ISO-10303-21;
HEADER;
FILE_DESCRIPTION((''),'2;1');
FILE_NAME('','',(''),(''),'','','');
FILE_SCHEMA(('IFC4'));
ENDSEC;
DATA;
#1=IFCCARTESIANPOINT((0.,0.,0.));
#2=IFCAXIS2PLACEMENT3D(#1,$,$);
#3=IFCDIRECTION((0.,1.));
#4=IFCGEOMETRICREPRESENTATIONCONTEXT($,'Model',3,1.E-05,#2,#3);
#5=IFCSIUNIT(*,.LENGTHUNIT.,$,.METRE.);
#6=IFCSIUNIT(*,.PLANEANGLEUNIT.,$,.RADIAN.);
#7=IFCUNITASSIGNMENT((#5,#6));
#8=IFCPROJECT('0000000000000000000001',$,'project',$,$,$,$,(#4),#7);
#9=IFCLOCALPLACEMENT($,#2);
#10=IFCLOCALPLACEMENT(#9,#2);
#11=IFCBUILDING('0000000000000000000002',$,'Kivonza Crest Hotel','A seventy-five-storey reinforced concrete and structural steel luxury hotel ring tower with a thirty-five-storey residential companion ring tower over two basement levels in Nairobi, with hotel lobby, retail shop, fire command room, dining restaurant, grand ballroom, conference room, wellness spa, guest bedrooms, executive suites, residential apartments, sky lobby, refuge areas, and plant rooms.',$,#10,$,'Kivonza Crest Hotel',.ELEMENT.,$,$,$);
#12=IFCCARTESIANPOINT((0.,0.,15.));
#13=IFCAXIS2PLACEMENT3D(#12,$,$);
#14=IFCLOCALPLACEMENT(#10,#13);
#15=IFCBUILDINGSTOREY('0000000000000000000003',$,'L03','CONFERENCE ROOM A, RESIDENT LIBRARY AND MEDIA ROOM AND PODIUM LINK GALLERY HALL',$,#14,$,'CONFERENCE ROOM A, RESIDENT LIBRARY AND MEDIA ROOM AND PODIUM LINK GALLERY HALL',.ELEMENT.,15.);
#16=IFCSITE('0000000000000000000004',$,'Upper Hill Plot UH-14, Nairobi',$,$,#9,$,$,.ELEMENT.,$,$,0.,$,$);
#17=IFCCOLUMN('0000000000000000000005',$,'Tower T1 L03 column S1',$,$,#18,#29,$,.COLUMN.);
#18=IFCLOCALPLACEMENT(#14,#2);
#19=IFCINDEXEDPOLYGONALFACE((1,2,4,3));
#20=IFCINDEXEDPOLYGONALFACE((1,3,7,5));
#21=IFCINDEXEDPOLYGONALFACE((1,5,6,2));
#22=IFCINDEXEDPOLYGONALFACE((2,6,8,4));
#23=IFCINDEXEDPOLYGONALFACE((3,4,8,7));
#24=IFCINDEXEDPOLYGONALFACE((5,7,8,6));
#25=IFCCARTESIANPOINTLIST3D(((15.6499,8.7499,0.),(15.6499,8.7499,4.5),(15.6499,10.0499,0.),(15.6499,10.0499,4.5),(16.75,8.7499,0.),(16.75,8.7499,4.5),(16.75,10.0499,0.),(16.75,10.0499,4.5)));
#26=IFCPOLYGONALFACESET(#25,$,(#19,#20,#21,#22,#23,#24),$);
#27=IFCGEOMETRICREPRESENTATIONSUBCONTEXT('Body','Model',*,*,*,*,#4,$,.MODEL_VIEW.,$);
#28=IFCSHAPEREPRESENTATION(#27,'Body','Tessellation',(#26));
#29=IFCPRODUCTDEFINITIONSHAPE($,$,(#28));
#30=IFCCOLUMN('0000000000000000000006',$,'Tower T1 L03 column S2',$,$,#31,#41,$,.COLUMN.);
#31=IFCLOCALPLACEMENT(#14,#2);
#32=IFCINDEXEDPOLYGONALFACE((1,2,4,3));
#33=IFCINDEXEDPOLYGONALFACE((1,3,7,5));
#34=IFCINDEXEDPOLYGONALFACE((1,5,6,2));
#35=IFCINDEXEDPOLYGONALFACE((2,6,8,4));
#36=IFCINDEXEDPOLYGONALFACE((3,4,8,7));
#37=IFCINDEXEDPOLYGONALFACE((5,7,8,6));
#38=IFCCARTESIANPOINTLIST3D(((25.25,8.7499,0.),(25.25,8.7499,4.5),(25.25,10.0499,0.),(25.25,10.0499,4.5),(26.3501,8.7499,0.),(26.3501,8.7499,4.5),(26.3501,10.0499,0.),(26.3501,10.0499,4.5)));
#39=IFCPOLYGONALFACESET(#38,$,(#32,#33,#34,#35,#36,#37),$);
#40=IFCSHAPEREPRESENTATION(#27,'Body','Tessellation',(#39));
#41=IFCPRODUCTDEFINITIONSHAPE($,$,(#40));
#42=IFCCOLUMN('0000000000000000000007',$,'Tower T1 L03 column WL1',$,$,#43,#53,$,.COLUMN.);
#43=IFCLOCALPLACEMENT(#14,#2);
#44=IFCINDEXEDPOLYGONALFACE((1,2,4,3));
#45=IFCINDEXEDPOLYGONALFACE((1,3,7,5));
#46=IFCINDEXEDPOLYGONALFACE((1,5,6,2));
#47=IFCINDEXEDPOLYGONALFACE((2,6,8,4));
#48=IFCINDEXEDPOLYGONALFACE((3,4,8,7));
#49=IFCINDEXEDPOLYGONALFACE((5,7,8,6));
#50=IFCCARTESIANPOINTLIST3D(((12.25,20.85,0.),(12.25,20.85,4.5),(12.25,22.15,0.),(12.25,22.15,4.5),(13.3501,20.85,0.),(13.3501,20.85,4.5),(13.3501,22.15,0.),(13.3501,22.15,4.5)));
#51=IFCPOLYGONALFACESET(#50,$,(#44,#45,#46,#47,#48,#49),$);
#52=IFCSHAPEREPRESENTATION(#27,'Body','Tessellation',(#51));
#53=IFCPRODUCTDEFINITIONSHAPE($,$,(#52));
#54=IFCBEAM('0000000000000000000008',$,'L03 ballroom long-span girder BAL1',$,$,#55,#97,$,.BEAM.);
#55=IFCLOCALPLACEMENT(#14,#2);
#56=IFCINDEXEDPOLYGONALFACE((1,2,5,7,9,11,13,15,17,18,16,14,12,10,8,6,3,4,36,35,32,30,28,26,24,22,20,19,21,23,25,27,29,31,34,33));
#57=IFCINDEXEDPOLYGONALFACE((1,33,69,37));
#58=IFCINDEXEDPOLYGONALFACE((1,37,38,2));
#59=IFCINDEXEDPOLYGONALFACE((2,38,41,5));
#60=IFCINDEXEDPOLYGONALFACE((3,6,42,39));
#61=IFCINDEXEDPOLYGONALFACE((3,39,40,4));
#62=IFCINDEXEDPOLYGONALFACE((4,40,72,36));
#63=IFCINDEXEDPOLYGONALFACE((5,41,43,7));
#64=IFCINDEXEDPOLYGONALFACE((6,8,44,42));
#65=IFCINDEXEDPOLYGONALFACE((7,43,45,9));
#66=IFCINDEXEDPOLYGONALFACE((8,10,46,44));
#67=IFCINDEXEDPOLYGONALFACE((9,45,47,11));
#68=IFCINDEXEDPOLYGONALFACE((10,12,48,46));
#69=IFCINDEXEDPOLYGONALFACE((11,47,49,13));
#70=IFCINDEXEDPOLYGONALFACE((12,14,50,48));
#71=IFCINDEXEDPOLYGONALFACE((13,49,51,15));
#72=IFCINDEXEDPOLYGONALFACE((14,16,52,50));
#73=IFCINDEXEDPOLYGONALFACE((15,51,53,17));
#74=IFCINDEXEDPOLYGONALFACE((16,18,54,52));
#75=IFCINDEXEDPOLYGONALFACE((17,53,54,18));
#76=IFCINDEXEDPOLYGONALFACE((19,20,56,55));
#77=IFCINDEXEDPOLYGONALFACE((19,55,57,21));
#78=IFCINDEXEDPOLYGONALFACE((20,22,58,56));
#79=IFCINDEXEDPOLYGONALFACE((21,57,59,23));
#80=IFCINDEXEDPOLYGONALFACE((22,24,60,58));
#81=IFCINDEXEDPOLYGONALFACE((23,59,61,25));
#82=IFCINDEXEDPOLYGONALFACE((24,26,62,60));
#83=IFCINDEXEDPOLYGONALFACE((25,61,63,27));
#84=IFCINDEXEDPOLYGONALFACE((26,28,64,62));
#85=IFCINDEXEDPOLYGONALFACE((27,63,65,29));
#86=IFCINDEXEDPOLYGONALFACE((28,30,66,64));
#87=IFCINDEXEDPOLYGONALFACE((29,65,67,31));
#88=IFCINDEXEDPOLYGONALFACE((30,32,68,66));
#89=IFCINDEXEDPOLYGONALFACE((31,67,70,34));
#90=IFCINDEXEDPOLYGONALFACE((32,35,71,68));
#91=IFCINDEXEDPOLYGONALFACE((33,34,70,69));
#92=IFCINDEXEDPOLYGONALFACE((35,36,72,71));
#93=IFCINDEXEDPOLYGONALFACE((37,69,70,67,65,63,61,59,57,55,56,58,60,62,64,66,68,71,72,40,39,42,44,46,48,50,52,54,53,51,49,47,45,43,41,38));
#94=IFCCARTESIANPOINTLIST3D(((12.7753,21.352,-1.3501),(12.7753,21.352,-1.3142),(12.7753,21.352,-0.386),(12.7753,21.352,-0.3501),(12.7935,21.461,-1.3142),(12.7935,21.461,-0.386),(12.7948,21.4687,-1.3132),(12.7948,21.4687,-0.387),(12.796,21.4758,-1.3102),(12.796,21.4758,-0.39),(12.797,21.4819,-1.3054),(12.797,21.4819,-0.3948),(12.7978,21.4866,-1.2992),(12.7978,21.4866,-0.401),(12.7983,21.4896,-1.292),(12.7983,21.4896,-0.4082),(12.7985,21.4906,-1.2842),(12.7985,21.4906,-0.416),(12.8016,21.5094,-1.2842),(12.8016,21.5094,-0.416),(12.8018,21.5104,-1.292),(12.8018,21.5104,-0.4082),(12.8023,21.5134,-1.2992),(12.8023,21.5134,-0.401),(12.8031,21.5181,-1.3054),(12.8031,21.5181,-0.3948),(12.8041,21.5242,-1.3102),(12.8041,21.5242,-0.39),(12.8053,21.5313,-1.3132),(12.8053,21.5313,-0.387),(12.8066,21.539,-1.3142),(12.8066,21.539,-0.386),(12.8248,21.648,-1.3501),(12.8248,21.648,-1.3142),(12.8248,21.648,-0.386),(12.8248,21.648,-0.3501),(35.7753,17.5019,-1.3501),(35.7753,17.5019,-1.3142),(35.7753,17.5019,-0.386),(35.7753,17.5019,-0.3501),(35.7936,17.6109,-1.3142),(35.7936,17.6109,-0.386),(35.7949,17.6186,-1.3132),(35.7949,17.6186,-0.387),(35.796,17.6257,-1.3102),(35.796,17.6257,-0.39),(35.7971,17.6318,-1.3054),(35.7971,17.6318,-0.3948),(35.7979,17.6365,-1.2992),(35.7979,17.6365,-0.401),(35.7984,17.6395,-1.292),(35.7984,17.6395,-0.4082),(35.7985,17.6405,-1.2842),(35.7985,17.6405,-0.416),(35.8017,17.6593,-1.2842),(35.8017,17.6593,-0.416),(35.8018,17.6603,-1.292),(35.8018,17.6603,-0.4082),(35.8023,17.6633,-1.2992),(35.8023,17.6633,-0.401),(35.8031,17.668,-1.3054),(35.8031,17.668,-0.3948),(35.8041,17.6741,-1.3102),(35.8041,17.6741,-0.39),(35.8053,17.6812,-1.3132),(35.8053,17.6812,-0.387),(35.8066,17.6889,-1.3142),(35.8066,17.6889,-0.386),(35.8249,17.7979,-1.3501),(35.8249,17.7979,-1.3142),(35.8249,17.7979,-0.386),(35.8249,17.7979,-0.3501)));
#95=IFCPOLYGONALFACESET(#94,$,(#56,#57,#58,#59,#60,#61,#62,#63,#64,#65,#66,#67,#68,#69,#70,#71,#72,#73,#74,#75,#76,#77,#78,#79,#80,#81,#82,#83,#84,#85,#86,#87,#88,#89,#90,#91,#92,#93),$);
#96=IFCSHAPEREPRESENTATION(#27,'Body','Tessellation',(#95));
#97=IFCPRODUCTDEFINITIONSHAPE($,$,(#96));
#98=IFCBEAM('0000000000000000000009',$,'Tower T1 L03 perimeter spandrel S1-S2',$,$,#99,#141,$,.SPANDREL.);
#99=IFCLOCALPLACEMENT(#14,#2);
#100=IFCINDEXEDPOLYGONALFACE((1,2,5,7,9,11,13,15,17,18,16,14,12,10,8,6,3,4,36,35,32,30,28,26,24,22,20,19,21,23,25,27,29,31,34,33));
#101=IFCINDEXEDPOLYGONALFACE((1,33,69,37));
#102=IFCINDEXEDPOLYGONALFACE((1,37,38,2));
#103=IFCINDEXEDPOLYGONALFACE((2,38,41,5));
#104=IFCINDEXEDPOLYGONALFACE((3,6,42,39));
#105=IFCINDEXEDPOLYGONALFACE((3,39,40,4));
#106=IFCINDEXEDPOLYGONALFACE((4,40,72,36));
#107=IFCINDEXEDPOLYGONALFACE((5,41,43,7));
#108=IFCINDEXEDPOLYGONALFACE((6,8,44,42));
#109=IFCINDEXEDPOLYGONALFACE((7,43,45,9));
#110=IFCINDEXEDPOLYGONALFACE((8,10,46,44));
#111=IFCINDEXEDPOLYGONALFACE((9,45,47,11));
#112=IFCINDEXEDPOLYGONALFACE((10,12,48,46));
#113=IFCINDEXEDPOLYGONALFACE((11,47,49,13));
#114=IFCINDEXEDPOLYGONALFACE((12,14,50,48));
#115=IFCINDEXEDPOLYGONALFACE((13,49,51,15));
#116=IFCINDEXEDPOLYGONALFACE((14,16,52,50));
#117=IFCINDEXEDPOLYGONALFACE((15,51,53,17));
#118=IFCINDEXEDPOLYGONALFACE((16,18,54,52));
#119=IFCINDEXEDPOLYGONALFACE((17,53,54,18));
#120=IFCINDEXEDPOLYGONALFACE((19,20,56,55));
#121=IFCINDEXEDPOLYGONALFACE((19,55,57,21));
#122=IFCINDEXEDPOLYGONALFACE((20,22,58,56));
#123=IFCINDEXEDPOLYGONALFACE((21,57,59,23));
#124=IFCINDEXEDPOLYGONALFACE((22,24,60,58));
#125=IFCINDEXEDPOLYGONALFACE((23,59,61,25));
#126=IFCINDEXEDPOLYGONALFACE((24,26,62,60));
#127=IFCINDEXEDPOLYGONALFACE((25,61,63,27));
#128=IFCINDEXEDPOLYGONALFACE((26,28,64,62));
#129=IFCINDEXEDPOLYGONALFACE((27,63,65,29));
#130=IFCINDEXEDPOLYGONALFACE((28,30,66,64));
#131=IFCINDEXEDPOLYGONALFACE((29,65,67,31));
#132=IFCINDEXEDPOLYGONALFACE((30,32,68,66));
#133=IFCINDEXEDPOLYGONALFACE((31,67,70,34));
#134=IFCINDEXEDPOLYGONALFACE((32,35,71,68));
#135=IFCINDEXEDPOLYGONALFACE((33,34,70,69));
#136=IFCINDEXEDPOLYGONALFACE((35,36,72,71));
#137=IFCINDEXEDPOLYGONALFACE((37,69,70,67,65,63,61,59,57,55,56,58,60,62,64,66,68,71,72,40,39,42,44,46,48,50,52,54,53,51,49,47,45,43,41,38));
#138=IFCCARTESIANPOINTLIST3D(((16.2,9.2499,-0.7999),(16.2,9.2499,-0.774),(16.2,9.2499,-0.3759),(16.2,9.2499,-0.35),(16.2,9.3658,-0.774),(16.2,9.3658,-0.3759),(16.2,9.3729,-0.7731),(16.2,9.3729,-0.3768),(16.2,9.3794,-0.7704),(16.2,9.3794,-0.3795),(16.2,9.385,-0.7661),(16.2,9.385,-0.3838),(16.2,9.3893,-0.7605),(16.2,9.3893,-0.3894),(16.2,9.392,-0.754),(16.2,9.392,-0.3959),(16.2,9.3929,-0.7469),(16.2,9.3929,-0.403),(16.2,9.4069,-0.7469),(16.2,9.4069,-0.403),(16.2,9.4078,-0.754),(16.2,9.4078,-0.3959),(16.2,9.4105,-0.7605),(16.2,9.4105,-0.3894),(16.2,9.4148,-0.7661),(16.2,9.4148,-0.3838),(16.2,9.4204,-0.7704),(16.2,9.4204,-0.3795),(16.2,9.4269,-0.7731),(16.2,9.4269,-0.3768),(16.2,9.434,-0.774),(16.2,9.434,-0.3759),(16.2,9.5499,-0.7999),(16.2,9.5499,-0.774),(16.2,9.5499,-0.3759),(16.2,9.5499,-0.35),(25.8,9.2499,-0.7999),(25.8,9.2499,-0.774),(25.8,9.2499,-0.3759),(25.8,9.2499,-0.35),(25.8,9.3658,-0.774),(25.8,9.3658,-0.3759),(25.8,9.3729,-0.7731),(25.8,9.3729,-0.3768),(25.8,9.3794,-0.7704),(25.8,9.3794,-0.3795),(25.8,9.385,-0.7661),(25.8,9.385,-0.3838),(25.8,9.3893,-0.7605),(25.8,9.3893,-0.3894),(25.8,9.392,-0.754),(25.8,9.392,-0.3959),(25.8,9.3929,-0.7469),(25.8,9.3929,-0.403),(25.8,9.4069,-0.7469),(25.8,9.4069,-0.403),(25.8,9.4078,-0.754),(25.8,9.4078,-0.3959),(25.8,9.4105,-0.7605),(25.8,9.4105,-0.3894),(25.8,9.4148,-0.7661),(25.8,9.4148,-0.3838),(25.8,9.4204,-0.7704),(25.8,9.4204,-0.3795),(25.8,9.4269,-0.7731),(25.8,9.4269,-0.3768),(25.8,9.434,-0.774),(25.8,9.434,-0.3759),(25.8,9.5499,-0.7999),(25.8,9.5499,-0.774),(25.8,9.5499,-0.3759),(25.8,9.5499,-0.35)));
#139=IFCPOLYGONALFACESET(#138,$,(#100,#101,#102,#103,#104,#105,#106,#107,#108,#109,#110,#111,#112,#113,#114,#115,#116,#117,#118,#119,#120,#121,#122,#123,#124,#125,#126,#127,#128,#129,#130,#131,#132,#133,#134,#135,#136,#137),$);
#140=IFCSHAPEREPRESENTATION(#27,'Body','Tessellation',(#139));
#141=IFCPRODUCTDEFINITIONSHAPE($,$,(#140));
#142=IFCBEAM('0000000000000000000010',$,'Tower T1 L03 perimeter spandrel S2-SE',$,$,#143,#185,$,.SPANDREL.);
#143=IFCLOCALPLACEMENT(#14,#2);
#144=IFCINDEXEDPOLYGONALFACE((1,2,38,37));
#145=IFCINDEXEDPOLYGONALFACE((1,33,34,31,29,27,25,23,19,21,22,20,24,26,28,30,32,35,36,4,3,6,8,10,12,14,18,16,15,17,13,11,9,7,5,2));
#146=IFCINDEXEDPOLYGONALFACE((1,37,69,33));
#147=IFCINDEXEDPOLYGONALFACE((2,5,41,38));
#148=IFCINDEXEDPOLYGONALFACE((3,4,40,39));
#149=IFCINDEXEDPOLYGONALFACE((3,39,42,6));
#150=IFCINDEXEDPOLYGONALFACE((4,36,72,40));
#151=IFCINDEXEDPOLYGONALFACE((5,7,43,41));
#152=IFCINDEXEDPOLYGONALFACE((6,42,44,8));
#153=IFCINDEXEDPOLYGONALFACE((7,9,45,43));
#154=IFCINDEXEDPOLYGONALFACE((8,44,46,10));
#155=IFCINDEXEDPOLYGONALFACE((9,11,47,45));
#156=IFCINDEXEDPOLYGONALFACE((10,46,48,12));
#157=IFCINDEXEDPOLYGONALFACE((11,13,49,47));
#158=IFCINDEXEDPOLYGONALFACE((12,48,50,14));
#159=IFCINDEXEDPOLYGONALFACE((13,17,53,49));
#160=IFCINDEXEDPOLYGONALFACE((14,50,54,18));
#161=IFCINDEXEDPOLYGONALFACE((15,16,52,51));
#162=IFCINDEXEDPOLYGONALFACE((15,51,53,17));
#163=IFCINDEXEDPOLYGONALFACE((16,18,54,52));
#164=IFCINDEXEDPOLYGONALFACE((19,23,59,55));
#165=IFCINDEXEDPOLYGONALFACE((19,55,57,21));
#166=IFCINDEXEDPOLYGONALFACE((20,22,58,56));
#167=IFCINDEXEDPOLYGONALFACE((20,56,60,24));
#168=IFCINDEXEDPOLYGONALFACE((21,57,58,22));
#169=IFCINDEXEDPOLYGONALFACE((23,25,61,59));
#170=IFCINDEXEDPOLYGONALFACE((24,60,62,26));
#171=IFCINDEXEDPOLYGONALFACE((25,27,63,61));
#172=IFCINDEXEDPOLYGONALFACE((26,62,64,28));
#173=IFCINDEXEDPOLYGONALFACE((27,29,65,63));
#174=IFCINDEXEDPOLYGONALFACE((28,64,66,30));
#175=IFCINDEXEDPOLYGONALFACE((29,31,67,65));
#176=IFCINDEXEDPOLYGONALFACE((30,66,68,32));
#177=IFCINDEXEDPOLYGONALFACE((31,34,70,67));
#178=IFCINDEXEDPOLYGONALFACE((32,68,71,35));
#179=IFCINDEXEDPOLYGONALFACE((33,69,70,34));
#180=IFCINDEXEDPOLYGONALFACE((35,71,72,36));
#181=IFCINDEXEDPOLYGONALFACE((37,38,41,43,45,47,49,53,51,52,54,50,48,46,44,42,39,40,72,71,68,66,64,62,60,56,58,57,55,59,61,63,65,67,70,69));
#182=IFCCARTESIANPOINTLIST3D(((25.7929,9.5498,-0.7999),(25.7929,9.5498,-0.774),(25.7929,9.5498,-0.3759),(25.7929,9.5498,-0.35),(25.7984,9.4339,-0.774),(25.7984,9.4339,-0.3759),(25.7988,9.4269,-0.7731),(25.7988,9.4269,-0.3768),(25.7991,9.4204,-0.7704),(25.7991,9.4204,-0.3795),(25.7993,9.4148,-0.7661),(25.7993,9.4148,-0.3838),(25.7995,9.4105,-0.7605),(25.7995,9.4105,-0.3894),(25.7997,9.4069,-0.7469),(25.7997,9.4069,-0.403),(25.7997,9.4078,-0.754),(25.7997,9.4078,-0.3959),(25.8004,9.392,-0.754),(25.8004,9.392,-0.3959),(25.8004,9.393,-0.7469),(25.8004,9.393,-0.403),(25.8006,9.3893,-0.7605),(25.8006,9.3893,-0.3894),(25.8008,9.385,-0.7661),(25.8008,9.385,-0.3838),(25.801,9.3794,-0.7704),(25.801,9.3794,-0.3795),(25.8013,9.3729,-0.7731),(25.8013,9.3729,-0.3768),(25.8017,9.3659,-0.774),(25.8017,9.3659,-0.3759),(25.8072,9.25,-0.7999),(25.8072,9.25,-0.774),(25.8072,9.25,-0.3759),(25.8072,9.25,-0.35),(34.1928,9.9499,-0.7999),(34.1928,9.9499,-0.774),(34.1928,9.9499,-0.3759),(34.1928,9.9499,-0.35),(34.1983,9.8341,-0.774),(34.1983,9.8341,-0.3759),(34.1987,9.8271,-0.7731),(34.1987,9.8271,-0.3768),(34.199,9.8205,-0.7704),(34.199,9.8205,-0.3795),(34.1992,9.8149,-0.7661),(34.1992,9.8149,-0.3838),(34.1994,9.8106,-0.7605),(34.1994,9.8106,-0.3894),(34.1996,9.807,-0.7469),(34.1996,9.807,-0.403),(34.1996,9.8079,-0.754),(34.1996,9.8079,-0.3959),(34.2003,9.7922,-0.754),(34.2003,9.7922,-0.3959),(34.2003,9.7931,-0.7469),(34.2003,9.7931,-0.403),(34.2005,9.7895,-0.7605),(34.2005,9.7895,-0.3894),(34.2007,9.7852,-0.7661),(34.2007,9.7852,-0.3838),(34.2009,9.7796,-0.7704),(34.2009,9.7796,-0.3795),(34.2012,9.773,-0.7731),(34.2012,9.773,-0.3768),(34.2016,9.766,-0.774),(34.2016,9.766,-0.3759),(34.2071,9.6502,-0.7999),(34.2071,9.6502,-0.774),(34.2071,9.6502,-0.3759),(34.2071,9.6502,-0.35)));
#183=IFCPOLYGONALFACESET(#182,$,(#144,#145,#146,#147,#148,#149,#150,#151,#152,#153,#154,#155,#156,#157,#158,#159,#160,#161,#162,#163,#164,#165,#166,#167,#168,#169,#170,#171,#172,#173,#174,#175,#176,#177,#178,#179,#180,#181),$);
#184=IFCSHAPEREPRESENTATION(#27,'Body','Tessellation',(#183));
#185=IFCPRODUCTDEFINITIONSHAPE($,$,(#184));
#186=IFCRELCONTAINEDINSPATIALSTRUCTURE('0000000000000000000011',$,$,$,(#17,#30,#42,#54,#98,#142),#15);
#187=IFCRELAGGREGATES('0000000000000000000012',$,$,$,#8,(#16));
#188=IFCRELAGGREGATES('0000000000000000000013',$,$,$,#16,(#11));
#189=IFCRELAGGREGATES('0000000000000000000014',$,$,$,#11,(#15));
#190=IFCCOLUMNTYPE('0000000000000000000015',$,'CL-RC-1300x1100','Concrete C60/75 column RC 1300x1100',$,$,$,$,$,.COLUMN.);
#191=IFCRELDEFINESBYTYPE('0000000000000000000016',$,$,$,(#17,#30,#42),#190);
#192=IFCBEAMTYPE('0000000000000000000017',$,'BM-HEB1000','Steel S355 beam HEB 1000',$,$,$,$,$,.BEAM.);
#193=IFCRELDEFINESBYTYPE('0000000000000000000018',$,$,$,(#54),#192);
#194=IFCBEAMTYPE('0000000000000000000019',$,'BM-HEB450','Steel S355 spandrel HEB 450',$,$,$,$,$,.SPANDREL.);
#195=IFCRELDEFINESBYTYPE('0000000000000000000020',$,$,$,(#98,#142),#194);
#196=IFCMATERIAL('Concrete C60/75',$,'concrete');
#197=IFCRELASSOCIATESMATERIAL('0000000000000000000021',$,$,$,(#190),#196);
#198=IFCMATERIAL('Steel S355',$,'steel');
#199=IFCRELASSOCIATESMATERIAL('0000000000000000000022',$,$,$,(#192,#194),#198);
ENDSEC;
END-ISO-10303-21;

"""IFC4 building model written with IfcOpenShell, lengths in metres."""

from ifc_helpers import new_model, si_unit, direction, frame, origin, origin_2d, place, context, subcontext, project, spatial, rectangle, i_section, extrude, material, material_profile, profile_set, type_object, element, save


model = new_model("IFC4")

# Units and contexts
model_context = context("Model", 3, precision=1e-05, world=origin(), true_north=direction((0.0, 1.0)))
body_context = subcontext(model_context, "Body", "Model", "MODEL_VIEW")
ifc_project = project(units=[si_unit("LENGTHUNIT", "METRE"), si_unit("PLANEANGLEUNIT", "RADIAN")], contexts=[model_context])

# Site, building, storey
site_placement = place(None, origin())
site = spatial("IfcSite", under=ifc_project, at=site_placement, Name="Upper Hill Plot UH-14, Nairobi", CompositionType="ELEMENT", RefElevation=0.0)
building_placement = place(site_placement, origin())
building = spatial("IfcBuilding", under=site, at=building_placement, Name="Kivonza Crest Hotel", Description="A seventy-five-storey reinforced concrete and structural steel luxury hotel ring tower with a thirty-five-storey residential companion ring tower over two basement levels in Nairobi, with hotel lobby, retail shop, fire command room, dining restaurant, grand ballroom, conference room, wellness spa, guest bedrooms, executive suites, residential apartments, sky lobby, refuge areas, and plant rooms.", LongName="Kivonza Crest Hotel", CompositionType="ELEMENT")
storey_placement = place(building_placement, frame((0.0, 0.0, 15.0)))
storey = spatial("IfcBuildingStorey", under=building, at=storey_placement, Name="L03", Description="CONFERENCE ROOM A, RESIDENT LIBRARY AND MEDIA ROOM AND PODIUM LINK GALLERY HALL", LongName="CONFERENCE ROOM A, RESIDENT LIBRARY AND MEDIA ROOM AND PODIUM LINK GALLERY HALL", CompositionType="ELEMENT", Elevation=15.0)

# Columns
ifc_material_1 = material(Name="Concrete C60/75", Category="concrete")
ifc_material_profile_1 = material_profile(ifc_material_1, rectangle(XDim=1.1001, YDim=1.3, at=origin_2d()), Name="RC 1300x1100")
ifc_profile_set_1 = profile_set([ifc_material_profile_1], Name="Concrete C60/75")
column_type = type_object("IfcColumnType", Name="CL-RC-1300x1100", Description="Concrete C60/75 column RC 1300x1100", PredefinedType="COLUMN", material=ifc_profile_set_1)
for number, where, z_axis, x_axis, name in (
    (1, (16.2, 9.3999, 0.0), (0.0, 0.0, 1.0), (1.0, 0.0, 0.0), "Tower T1 L03 column S1"),
    (2, (25.8, 9.3999, 0.0), (0.0, 0.0, 1.0), (1.0, 0.0, 0.0), "Tower T1 L03 column S2"),
    (3, (12.8, 21.5, 0.0), (0.0, 0.0, 1.0), (1.0, 0.0, 0.0), "Tower T1 L03 column WL1"),
):
    element("IfcColumn", number, at=place(storey_placement, frame(where, z_axis=z_axis, x_axis=x_axis)), inside=storey, type_object=column_type, Name=name, PredefinedType="COLUMN", context=body_context, shape_type="SweptSolid", body=[
        extrude(rectangle(XDim=1.1001, YDim=1.3, at=origin_2d()), origin(), (0.0, 0.0, 1.0), 4.5),
    ])

# Beams
ifc_material_2 = material(Name="Steel S355", Category="steel")
ifc_material_profile_2 = material_profile(ifc_material_2, i_section(OverallWidth=0.3, OverallDepth=1.0, WebThickness=0.019, FlangeThickness=0.0359, FilletRadius=0.03, at=origin_2d()), Name="HEB 1000")
ifc_profile_set_2 = profile_set([ifc_material_profile_2], Name="Steel S355")
beam_type_1 = type_object("IfcBeamType", Name="BM-HEB1000", Description="Steel S355 beam HEB 1000", PredefinedType="BEAM", material=ifc_profile_set_2)
beam_1_placement = place(storey_placement, frame((12.8, 21.5, -0.8501), z_axis=(0.986277, -0.165098, 0.0), x_axis=(0.165098, 0.986277, 0.0)))
element("IfcBeam", 4, at=beam_1_placement, inside=storey, type_object=beam_type_1, Name="L03 ballroom long-span girder BAL1", PredefinedType="BEAM", context=body_context, shape_type="SweptSolid", body=[
    extrude(i_section(OverallWidth=0.3, OverallDepth=1.0, WebThickness=0.019, FlangeThickness=0.0359, FilletRadius=0.03, at=origin_2d()), origin(), (0.0, 0.0, 1.0), 23.3201),
])
ifc_material_profile_3 = material_profile(ifc_material_2, i_section(OverallWidth=0.3, OverallDepth=0.45, WebThickness=0.0139, FlangeThickness=0.0259, FilletRadius=0.0271, at=origin_2d()), Name="HEB 450")
ifc_profile_set_3 = profile_set([ifc_material_profile_3], Name="Steel S355")
beam_type_2 = type_object("IfcBeamType", Name="BM-HEB450", Description="Steel S355 spandrel HEB 450", PredefinedType="SPANDREL", material=ifc_profile_set_3)
beam_2_placement = place(storey_placement, frame((16.2, 9.3999, -0.575), z_axis=(1.0, 0.0, 0.0), x_axis=(0.0, 1.0, 0.0)))
element("IfcBeam", 5, at=beam_2_placement, inside=storey, type_object=beam_type_2, Name="Tower T1 L03 perimeter spandrel S1-S2", PredefinedType="SPANDREL", context=body_context, shape_type="SweptSolid", body=[
    extrude(i_section(OverallWidth=0.3, OverallDepth=0.45, WebThickness=0.0139, FlangeThickness=0.0259, FilletRadius=0.0271, at=origin_2d()), origin(), (0.0, 0.0, 1.0), 9.6001),
])
beam_3_placement = place(storey_placement, frame((25.8, 9.3999, -0.575), z_axis=(0.998867, 0.047583, 0.0), x_axis=(-0.047583, 0.998867, 0.0)))
element("IfcBeam", 6, at=beam_3_placement, inside=storey, type_object=beam_type_2, Name="Tower T1 L03 perimeter spandrel S2-SE", PredefinedType="SPANDREL", context=body_context, shape_type="SweptSolid", body=[
    extrude(i_section(OverallWidth=0.3, OverallDepth=0.45, WebThickness=0.0139, FlangeThickness=0.0259, FilletRadius=0.0271, at=origin_2d()), origin(), (0.0, 0.0, 1.0), 8.4094),
])

save(model, "model.ifc")
